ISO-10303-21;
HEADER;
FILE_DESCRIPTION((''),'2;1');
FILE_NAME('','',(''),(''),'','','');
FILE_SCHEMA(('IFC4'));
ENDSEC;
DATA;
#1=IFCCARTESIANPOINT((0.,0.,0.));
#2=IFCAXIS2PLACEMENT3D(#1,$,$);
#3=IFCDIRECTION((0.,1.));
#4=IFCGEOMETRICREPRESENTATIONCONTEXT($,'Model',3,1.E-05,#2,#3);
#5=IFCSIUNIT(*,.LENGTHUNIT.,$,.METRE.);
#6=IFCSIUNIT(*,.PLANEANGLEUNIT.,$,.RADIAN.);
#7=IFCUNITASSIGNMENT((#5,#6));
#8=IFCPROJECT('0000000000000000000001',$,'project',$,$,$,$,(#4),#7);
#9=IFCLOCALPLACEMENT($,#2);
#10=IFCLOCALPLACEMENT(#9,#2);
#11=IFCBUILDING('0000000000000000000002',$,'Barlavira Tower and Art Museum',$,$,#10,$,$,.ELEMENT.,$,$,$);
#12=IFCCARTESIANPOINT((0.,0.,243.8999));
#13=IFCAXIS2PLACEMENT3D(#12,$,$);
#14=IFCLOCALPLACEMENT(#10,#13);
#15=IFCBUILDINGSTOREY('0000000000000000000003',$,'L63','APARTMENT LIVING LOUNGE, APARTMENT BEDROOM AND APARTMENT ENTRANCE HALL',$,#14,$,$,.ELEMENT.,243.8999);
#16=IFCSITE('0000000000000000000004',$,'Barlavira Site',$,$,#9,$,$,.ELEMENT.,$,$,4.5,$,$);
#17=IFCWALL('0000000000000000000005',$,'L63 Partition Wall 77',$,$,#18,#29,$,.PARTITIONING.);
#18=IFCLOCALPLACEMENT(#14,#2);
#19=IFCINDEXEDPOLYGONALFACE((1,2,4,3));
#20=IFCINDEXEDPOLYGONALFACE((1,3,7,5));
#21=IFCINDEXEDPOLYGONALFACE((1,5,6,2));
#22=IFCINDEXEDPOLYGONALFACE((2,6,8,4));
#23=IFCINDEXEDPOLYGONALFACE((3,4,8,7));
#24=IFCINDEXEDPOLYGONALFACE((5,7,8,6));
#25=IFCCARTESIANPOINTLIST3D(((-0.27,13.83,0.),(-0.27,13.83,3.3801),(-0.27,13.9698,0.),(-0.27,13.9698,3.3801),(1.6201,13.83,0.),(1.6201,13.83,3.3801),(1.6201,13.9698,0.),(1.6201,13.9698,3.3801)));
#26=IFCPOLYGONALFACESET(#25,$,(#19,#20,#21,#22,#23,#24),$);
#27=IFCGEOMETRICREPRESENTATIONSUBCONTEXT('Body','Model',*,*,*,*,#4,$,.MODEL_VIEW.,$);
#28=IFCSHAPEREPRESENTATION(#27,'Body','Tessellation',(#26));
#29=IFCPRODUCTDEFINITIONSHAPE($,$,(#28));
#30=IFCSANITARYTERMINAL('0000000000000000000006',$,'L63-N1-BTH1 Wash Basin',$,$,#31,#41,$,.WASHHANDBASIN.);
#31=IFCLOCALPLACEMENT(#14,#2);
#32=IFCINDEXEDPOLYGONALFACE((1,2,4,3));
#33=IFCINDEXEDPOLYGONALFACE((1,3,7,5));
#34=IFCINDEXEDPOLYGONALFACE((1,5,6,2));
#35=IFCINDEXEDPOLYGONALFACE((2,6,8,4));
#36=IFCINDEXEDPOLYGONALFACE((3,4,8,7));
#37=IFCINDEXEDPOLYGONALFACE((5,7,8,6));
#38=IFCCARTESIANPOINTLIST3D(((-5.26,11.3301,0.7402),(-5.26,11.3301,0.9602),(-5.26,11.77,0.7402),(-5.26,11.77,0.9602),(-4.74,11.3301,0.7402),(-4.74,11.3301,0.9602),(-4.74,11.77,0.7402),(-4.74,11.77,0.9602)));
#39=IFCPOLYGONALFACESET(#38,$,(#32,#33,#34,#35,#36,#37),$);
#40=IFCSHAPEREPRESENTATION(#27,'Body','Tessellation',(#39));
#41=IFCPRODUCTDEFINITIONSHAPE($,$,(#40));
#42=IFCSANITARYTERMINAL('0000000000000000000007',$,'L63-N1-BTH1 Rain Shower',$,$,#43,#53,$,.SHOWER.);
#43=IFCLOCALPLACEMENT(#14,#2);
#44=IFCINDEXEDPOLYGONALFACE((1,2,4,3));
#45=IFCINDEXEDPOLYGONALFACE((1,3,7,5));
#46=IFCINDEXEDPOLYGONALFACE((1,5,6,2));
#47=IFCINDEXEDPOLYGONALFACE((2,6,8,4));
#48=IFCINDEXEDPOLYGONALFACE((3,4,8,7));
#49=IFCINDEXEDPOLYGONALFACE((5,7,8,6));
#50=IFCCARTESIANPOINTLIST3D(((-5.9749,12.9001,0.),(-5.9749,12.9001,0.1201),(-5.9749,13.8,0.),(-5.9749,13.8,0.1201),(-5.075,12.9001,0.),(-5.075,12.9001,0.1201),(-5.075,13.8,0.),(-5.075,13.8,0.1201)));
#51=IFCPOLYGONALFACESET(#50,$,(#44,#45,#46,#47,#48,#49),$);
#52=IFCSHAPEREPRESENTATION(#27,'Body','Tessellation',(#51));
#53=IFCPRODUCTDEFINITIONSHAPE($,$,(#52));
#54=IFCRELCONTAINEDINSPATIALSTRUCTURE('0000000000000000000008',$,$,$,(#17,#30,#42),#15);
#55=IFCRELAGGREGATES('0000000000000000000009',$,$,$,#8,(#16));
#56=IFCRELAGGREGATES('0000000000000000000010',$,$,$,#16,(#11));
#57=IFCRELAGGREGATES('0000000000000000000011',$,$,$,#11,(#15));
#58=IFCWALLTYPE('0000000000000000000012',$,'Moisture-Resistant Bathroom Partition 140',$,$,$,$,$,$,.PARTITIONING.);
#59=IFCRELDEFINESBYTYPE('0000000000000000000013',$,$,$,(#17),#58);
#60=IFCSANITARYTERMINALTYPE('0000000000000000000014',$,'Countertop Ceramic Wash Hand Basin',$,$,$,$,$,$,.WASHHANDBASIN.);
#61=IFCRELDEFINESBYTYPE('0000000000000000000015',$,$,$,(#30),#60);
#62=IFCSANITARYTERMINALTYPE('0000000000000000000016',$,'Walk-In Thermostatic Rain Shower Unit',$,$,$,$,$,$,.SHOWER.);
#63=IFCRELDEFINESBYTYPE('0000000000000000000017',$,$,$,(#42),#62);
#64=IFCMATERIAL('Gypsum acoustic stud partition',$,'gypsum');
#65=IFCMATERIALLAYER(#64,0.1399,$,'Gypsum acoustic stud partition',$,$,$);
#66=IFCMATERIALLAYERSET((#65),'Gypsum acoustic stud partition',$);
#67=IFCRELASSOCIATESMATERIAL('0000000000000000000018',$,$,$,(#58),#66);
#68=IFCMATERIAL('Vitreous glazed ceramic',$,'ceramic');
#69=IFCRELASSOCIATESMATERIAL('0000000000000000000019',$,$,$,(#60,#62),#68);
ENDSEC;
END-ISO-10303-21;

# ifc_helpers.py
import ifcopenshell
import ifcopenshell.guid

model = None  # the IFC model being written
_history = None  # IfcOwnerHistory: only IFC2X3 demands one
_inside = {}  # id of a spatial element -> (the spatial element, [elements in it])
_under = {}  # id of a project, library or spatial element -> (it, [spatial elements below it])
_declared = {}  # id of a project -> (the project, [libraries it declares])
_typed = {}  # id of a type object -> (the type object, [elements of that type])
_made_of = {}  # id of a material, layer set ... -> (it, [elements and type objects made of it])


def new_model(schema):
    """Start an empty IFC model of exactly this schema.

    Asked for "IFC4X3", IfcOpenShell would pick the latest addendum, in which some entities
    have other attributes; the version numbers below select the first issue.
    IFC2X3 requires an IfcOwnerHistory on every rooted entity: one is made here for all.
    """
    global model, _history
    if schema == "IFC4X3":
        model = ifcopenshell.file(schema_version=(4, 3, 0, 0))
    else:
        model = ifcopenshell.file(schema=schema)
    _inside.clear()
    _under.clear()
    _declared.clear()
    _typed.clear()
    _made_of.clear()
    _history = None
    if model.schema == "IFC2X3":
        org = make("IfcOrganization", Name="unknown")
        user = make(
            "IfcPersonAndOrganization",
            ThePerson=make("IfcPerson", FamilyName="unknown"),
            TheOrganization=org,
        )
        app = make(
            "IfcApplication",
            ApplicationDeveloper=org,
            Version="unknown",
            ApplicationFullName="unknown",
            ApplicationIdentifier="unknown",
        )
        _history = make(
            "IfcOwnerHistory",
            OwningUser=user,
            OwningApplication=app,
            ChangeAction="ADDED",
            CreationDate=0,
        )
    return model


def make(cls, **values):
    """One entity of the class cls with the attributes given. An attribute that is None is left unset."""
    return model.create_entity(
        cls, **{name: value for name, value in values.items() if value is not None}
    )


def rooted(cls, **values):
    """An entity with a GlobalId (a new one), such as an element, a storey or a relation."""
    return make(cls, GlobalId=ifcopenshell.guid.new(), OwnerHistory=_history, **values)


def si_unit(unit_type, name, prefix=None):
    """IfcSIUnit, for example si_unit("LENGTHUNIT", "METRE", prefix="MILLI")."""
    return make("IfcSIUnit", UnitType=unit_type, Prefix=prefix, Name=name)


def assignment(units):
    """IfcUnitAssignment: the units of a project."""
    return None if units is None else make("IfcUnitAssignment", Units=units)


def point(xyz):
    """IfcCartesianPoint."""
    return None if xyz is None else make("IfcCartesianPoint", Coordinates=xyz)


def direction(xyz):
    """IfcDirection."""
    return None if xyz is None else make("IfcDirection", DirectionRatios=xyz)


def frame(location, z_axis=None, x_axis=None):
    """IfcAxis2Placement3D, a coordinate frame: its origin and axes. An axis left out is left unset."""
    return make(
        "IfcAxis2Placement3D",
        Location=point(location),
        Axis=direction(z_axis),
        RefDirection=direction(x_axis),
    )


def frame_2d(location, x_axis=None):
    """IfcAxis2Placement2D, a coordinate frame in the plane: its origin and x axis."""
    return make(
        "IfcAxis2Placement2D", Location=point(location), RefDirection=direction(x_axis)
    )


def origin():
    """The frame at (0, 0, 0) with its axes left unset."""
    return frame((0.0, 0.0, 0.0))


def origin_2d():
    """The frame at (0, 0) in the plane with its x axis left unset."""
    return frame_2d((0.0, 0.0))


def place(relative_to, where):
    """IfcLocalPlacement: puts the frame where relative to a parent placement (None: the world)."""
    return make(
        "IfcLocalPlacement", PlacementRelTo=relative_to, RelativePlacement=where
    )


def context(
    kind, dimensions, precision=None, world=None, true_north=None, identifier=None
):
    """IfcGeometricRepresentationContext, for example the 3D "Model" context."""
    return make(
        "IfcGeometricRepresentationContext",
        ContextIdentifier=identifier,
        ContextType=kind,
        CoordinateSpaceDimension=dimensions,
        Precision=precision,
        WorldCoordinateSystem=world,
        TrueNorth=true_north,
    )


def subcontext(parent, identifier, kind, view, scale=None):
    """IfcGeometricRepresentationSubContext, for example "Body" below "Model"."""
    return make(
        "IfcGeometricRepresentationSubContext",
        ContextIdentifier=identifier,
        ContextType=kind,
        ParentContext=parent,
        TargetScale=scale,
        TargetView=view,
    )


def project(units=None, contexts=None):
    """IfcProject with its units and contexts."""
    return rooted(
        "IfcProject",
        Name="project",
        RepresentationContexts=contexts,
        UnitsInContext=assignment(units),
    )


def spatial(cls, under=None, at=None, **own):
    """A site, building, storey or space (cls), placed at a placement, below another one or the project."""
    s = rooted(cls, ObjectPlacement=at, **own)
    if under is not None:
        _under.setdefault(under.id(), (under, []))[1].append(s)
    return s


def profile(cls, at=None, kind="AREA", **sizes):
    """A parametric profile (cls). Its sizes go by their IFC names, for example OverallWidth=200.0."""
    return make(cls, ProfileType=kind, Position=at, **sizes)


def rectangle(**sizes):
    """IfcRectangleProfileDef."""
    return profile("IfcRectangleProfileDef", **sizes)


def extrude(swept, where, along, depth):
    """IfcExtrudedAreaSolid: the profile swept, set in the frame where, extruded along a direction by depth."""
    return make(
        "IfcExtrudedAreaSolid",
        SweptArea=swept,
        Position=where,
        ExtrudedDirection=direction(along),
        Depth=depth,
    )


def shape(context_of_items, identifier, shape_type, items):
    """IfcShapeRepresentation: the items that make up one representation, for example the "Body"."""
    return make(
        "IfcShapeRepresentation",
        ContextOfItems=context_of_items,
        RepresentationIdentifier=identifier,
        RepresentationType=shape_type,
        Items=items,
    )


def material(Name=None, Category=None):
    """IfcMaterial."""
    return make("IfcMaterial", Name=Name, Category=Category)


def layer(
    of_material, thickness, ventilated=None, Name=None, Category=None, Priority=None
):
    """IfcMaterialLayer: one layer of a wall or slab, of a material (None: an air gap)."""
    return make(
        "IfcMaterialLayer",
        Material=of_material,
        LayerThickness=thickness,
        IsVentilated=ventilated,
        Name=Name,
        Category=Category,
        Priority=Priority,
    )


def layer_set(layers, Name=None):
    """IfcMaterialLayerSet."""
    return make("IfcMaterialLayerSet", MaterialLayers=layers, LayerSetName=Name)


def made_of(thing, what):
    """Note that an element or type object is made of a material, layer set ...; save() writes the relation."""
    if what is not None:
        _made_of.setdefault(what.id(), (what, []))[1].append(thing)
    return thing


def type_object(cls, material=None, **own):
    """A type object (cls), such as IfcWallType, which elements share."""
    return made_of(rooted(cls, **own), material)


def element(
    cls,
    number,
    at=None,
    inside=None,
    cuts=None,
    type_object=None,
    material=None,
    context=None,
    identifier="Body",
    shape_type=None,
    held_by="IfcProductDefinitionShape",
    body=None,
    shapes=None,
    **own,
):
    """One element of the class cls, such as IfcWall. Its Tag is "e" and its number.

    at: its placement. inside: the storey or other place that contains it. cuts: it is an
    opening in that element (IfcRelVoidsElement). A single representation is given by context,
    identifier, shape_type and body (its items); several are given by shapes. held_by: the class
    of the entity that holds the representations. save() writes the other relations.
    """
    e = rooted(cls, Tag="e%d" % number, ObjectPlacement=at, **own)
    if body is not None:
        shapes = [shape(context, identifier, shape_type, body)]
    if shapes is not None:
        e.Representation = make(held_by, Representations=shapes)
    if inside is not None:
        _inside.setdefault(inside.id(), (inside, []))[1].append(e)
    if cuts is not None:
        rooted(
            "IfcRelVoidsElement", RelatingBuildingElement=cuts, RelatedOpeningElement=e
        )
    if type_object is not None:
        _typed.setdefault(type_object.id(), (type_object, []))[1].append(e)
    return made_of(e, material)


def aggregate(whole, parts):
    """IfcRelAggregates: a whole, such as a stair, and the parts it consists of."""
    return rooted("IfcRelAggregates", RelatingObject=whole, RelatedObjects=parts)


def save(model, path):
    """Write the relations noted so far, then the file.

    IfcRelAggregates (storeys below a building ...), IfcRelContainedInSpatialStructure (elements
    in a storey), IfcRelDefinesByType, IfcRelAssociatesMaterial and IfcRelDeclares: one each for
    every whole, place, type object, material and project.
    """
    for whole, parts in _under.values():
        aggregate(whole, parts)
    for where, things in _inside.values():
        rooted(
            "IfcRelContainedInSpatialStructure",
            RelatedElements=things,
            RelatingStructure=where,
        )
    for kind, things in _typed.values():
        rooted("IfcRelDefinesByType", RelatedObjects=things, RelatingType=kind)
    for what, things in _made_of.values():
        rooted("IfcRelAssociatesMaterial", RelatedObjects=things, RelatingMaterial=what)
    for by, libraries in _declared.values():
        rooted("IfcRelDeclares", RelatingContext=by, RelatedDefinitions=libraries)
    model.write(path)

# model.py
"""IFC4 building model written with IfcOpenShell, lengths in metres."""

from ifc_helpers import new_model, si_unit, direction, frame, frame_2d, origin, origin_2d, place, context, subcontext, project, spatial, rectangle, extrude, material, layer, layer_set, type_object, element, save


model = new_model("IFC4")

# Units and contexts
model_context = context("Model", 3, precision=1e-05, world=origin(), true_north=direction((0.0, 1.0)))
body_context = subcontext(model_context, "Body", "Model", "MODEL_VIEW")
ifc_project = project(units=[si_unit("LENGTHUNIT", "METRE"), si_unit("PLANEANGLEUNIT", "RADIAN")], contexts=[model_context])

# Site, building, storey
site_placement = place(None, origin())
site = spatial("IfcSite", under=ifc_project, at=site_placement, Name="Barlavira Site", CompositionType="ELEMENT", RefElevation=4.5)
building_placement = place(site_placement, origin())
building = spatial("IfcBuilding", under=site, at=building_placement, Name="Barlavira Tower and Art Museum", CompositionType="ELEMENT")
storey_placement = place(building_placement, frame((0.0, 0.0, 243.8999)))
storey = spatial("IfcBuildingStorey", under=building, at=storey_placement, Name="L63", Description="APARTMENT LIVING LOUNGE, APARTMENT BEDROOM AND APARTMENT ENTRANCE HALL", CompositionType="ELEMENT", Elevation=243.8999)

# Shared definitions
ifc_material_1 = material(Name="Gypsum acoustic stud partition", Category="gypsum")

# Shared definitions
ifc_layer_1 = layer(ifc_material_1, 0.1399, Name="Gypsum acoustic stud partition")
ifc_layer_set_1 = layer_set([ifc_layer_1], Name="Gypsum acoustic stud partition")
wall_type_1 = type_object("IfcWallType", Name="Moisture-Resistant Bathroom Partition 140", PredefinedType="PARTITIONING", material=ifc_layer_set_1)

# Wall
wall_1_placement = place(storey_placement, frame((-0.27, 13.8999, 0.0), z_axis=(0.0, 0.0, 1.0), x_axis=(1.0, 0.0, 0.0)))
element("IfcWall", 1, at=wall_1_placement, inside=storey, type_object=wall_type_1, Name="L63 Partition Wall 77", PredefinedType="PARTITIONING", context=body_context, shape_type="SweptSolid", body=[
    extrude(rectangle(XDim=1.8901, YDim=0.1399, at=frame_2d((0.9451, 0.0))), origin(), (0.0, 0.0, 1.0), 3.3801),
])

# Sanitary terminals
ifc_material_2 = material(Name="Vitreous glazed ceramic", Category="ceramic")
sanitary_terminal_type_1 = type_object("IfcSanitaryTerminalType", Name="Countertop Ceramic Wash Hand Basin", PredefinedType="WASHHANDBASIN", material=ifc_material_2)
sanitary_terminal_1_placement = place(storey_placement, frame((-5.0, 11.55, 0.7402), z_axis=(0.0, 0.0, 1.0), x_axis=(1.0, 0.0, 0.0)))
element("IfcSanitaryTerminal", 2, at=sanitary_terminal_1_placement, inside=storey, type_object=sanitary_terminal_type_1, Name="L63-N1-BTH1 Wash Basin", PredefinedType="WASHHANDBASIN", context=body_context, shape_type="SweptSolid", body=[
    extrude(rectangle(XDim=0.52, YDim=0.4399, at=origin_2d()), origin(), (0.0, 0.0, 1.0), 0.22),
])
sanitary_terminal_type_2 = type_object("IfcSanitaryTerminalType", Name="Walk-In Thermostatic Rain Shower Unit", PredefinedType="SHOWER", material=ifc_material_2)
sanitary_terminal_2_placement = place(storey_placement, frame((-5.5249, 13.3501, 0.0), z_axis=(0.0, 0.0, 1.0), x_axis=(1.0, 0.0, 0.0)))
element("IfcSanitaryTerminal", 3, at=sanitary_terminal_2_placement, inside=storey, type_object=sanitary_terminal_type_2, Name="L63-N1-BTH1 Rain Shower", PredefinedType="SHOWER", context=body_context, shape_type="SweptSolid", body=[
    extrude(rectangle(XDim=0.8999, YDim=0.8999, at=origin_2d()), origin(), (0.0, 0.0, 1.0), 0.1201),
])

save(model, "model.ifc")
